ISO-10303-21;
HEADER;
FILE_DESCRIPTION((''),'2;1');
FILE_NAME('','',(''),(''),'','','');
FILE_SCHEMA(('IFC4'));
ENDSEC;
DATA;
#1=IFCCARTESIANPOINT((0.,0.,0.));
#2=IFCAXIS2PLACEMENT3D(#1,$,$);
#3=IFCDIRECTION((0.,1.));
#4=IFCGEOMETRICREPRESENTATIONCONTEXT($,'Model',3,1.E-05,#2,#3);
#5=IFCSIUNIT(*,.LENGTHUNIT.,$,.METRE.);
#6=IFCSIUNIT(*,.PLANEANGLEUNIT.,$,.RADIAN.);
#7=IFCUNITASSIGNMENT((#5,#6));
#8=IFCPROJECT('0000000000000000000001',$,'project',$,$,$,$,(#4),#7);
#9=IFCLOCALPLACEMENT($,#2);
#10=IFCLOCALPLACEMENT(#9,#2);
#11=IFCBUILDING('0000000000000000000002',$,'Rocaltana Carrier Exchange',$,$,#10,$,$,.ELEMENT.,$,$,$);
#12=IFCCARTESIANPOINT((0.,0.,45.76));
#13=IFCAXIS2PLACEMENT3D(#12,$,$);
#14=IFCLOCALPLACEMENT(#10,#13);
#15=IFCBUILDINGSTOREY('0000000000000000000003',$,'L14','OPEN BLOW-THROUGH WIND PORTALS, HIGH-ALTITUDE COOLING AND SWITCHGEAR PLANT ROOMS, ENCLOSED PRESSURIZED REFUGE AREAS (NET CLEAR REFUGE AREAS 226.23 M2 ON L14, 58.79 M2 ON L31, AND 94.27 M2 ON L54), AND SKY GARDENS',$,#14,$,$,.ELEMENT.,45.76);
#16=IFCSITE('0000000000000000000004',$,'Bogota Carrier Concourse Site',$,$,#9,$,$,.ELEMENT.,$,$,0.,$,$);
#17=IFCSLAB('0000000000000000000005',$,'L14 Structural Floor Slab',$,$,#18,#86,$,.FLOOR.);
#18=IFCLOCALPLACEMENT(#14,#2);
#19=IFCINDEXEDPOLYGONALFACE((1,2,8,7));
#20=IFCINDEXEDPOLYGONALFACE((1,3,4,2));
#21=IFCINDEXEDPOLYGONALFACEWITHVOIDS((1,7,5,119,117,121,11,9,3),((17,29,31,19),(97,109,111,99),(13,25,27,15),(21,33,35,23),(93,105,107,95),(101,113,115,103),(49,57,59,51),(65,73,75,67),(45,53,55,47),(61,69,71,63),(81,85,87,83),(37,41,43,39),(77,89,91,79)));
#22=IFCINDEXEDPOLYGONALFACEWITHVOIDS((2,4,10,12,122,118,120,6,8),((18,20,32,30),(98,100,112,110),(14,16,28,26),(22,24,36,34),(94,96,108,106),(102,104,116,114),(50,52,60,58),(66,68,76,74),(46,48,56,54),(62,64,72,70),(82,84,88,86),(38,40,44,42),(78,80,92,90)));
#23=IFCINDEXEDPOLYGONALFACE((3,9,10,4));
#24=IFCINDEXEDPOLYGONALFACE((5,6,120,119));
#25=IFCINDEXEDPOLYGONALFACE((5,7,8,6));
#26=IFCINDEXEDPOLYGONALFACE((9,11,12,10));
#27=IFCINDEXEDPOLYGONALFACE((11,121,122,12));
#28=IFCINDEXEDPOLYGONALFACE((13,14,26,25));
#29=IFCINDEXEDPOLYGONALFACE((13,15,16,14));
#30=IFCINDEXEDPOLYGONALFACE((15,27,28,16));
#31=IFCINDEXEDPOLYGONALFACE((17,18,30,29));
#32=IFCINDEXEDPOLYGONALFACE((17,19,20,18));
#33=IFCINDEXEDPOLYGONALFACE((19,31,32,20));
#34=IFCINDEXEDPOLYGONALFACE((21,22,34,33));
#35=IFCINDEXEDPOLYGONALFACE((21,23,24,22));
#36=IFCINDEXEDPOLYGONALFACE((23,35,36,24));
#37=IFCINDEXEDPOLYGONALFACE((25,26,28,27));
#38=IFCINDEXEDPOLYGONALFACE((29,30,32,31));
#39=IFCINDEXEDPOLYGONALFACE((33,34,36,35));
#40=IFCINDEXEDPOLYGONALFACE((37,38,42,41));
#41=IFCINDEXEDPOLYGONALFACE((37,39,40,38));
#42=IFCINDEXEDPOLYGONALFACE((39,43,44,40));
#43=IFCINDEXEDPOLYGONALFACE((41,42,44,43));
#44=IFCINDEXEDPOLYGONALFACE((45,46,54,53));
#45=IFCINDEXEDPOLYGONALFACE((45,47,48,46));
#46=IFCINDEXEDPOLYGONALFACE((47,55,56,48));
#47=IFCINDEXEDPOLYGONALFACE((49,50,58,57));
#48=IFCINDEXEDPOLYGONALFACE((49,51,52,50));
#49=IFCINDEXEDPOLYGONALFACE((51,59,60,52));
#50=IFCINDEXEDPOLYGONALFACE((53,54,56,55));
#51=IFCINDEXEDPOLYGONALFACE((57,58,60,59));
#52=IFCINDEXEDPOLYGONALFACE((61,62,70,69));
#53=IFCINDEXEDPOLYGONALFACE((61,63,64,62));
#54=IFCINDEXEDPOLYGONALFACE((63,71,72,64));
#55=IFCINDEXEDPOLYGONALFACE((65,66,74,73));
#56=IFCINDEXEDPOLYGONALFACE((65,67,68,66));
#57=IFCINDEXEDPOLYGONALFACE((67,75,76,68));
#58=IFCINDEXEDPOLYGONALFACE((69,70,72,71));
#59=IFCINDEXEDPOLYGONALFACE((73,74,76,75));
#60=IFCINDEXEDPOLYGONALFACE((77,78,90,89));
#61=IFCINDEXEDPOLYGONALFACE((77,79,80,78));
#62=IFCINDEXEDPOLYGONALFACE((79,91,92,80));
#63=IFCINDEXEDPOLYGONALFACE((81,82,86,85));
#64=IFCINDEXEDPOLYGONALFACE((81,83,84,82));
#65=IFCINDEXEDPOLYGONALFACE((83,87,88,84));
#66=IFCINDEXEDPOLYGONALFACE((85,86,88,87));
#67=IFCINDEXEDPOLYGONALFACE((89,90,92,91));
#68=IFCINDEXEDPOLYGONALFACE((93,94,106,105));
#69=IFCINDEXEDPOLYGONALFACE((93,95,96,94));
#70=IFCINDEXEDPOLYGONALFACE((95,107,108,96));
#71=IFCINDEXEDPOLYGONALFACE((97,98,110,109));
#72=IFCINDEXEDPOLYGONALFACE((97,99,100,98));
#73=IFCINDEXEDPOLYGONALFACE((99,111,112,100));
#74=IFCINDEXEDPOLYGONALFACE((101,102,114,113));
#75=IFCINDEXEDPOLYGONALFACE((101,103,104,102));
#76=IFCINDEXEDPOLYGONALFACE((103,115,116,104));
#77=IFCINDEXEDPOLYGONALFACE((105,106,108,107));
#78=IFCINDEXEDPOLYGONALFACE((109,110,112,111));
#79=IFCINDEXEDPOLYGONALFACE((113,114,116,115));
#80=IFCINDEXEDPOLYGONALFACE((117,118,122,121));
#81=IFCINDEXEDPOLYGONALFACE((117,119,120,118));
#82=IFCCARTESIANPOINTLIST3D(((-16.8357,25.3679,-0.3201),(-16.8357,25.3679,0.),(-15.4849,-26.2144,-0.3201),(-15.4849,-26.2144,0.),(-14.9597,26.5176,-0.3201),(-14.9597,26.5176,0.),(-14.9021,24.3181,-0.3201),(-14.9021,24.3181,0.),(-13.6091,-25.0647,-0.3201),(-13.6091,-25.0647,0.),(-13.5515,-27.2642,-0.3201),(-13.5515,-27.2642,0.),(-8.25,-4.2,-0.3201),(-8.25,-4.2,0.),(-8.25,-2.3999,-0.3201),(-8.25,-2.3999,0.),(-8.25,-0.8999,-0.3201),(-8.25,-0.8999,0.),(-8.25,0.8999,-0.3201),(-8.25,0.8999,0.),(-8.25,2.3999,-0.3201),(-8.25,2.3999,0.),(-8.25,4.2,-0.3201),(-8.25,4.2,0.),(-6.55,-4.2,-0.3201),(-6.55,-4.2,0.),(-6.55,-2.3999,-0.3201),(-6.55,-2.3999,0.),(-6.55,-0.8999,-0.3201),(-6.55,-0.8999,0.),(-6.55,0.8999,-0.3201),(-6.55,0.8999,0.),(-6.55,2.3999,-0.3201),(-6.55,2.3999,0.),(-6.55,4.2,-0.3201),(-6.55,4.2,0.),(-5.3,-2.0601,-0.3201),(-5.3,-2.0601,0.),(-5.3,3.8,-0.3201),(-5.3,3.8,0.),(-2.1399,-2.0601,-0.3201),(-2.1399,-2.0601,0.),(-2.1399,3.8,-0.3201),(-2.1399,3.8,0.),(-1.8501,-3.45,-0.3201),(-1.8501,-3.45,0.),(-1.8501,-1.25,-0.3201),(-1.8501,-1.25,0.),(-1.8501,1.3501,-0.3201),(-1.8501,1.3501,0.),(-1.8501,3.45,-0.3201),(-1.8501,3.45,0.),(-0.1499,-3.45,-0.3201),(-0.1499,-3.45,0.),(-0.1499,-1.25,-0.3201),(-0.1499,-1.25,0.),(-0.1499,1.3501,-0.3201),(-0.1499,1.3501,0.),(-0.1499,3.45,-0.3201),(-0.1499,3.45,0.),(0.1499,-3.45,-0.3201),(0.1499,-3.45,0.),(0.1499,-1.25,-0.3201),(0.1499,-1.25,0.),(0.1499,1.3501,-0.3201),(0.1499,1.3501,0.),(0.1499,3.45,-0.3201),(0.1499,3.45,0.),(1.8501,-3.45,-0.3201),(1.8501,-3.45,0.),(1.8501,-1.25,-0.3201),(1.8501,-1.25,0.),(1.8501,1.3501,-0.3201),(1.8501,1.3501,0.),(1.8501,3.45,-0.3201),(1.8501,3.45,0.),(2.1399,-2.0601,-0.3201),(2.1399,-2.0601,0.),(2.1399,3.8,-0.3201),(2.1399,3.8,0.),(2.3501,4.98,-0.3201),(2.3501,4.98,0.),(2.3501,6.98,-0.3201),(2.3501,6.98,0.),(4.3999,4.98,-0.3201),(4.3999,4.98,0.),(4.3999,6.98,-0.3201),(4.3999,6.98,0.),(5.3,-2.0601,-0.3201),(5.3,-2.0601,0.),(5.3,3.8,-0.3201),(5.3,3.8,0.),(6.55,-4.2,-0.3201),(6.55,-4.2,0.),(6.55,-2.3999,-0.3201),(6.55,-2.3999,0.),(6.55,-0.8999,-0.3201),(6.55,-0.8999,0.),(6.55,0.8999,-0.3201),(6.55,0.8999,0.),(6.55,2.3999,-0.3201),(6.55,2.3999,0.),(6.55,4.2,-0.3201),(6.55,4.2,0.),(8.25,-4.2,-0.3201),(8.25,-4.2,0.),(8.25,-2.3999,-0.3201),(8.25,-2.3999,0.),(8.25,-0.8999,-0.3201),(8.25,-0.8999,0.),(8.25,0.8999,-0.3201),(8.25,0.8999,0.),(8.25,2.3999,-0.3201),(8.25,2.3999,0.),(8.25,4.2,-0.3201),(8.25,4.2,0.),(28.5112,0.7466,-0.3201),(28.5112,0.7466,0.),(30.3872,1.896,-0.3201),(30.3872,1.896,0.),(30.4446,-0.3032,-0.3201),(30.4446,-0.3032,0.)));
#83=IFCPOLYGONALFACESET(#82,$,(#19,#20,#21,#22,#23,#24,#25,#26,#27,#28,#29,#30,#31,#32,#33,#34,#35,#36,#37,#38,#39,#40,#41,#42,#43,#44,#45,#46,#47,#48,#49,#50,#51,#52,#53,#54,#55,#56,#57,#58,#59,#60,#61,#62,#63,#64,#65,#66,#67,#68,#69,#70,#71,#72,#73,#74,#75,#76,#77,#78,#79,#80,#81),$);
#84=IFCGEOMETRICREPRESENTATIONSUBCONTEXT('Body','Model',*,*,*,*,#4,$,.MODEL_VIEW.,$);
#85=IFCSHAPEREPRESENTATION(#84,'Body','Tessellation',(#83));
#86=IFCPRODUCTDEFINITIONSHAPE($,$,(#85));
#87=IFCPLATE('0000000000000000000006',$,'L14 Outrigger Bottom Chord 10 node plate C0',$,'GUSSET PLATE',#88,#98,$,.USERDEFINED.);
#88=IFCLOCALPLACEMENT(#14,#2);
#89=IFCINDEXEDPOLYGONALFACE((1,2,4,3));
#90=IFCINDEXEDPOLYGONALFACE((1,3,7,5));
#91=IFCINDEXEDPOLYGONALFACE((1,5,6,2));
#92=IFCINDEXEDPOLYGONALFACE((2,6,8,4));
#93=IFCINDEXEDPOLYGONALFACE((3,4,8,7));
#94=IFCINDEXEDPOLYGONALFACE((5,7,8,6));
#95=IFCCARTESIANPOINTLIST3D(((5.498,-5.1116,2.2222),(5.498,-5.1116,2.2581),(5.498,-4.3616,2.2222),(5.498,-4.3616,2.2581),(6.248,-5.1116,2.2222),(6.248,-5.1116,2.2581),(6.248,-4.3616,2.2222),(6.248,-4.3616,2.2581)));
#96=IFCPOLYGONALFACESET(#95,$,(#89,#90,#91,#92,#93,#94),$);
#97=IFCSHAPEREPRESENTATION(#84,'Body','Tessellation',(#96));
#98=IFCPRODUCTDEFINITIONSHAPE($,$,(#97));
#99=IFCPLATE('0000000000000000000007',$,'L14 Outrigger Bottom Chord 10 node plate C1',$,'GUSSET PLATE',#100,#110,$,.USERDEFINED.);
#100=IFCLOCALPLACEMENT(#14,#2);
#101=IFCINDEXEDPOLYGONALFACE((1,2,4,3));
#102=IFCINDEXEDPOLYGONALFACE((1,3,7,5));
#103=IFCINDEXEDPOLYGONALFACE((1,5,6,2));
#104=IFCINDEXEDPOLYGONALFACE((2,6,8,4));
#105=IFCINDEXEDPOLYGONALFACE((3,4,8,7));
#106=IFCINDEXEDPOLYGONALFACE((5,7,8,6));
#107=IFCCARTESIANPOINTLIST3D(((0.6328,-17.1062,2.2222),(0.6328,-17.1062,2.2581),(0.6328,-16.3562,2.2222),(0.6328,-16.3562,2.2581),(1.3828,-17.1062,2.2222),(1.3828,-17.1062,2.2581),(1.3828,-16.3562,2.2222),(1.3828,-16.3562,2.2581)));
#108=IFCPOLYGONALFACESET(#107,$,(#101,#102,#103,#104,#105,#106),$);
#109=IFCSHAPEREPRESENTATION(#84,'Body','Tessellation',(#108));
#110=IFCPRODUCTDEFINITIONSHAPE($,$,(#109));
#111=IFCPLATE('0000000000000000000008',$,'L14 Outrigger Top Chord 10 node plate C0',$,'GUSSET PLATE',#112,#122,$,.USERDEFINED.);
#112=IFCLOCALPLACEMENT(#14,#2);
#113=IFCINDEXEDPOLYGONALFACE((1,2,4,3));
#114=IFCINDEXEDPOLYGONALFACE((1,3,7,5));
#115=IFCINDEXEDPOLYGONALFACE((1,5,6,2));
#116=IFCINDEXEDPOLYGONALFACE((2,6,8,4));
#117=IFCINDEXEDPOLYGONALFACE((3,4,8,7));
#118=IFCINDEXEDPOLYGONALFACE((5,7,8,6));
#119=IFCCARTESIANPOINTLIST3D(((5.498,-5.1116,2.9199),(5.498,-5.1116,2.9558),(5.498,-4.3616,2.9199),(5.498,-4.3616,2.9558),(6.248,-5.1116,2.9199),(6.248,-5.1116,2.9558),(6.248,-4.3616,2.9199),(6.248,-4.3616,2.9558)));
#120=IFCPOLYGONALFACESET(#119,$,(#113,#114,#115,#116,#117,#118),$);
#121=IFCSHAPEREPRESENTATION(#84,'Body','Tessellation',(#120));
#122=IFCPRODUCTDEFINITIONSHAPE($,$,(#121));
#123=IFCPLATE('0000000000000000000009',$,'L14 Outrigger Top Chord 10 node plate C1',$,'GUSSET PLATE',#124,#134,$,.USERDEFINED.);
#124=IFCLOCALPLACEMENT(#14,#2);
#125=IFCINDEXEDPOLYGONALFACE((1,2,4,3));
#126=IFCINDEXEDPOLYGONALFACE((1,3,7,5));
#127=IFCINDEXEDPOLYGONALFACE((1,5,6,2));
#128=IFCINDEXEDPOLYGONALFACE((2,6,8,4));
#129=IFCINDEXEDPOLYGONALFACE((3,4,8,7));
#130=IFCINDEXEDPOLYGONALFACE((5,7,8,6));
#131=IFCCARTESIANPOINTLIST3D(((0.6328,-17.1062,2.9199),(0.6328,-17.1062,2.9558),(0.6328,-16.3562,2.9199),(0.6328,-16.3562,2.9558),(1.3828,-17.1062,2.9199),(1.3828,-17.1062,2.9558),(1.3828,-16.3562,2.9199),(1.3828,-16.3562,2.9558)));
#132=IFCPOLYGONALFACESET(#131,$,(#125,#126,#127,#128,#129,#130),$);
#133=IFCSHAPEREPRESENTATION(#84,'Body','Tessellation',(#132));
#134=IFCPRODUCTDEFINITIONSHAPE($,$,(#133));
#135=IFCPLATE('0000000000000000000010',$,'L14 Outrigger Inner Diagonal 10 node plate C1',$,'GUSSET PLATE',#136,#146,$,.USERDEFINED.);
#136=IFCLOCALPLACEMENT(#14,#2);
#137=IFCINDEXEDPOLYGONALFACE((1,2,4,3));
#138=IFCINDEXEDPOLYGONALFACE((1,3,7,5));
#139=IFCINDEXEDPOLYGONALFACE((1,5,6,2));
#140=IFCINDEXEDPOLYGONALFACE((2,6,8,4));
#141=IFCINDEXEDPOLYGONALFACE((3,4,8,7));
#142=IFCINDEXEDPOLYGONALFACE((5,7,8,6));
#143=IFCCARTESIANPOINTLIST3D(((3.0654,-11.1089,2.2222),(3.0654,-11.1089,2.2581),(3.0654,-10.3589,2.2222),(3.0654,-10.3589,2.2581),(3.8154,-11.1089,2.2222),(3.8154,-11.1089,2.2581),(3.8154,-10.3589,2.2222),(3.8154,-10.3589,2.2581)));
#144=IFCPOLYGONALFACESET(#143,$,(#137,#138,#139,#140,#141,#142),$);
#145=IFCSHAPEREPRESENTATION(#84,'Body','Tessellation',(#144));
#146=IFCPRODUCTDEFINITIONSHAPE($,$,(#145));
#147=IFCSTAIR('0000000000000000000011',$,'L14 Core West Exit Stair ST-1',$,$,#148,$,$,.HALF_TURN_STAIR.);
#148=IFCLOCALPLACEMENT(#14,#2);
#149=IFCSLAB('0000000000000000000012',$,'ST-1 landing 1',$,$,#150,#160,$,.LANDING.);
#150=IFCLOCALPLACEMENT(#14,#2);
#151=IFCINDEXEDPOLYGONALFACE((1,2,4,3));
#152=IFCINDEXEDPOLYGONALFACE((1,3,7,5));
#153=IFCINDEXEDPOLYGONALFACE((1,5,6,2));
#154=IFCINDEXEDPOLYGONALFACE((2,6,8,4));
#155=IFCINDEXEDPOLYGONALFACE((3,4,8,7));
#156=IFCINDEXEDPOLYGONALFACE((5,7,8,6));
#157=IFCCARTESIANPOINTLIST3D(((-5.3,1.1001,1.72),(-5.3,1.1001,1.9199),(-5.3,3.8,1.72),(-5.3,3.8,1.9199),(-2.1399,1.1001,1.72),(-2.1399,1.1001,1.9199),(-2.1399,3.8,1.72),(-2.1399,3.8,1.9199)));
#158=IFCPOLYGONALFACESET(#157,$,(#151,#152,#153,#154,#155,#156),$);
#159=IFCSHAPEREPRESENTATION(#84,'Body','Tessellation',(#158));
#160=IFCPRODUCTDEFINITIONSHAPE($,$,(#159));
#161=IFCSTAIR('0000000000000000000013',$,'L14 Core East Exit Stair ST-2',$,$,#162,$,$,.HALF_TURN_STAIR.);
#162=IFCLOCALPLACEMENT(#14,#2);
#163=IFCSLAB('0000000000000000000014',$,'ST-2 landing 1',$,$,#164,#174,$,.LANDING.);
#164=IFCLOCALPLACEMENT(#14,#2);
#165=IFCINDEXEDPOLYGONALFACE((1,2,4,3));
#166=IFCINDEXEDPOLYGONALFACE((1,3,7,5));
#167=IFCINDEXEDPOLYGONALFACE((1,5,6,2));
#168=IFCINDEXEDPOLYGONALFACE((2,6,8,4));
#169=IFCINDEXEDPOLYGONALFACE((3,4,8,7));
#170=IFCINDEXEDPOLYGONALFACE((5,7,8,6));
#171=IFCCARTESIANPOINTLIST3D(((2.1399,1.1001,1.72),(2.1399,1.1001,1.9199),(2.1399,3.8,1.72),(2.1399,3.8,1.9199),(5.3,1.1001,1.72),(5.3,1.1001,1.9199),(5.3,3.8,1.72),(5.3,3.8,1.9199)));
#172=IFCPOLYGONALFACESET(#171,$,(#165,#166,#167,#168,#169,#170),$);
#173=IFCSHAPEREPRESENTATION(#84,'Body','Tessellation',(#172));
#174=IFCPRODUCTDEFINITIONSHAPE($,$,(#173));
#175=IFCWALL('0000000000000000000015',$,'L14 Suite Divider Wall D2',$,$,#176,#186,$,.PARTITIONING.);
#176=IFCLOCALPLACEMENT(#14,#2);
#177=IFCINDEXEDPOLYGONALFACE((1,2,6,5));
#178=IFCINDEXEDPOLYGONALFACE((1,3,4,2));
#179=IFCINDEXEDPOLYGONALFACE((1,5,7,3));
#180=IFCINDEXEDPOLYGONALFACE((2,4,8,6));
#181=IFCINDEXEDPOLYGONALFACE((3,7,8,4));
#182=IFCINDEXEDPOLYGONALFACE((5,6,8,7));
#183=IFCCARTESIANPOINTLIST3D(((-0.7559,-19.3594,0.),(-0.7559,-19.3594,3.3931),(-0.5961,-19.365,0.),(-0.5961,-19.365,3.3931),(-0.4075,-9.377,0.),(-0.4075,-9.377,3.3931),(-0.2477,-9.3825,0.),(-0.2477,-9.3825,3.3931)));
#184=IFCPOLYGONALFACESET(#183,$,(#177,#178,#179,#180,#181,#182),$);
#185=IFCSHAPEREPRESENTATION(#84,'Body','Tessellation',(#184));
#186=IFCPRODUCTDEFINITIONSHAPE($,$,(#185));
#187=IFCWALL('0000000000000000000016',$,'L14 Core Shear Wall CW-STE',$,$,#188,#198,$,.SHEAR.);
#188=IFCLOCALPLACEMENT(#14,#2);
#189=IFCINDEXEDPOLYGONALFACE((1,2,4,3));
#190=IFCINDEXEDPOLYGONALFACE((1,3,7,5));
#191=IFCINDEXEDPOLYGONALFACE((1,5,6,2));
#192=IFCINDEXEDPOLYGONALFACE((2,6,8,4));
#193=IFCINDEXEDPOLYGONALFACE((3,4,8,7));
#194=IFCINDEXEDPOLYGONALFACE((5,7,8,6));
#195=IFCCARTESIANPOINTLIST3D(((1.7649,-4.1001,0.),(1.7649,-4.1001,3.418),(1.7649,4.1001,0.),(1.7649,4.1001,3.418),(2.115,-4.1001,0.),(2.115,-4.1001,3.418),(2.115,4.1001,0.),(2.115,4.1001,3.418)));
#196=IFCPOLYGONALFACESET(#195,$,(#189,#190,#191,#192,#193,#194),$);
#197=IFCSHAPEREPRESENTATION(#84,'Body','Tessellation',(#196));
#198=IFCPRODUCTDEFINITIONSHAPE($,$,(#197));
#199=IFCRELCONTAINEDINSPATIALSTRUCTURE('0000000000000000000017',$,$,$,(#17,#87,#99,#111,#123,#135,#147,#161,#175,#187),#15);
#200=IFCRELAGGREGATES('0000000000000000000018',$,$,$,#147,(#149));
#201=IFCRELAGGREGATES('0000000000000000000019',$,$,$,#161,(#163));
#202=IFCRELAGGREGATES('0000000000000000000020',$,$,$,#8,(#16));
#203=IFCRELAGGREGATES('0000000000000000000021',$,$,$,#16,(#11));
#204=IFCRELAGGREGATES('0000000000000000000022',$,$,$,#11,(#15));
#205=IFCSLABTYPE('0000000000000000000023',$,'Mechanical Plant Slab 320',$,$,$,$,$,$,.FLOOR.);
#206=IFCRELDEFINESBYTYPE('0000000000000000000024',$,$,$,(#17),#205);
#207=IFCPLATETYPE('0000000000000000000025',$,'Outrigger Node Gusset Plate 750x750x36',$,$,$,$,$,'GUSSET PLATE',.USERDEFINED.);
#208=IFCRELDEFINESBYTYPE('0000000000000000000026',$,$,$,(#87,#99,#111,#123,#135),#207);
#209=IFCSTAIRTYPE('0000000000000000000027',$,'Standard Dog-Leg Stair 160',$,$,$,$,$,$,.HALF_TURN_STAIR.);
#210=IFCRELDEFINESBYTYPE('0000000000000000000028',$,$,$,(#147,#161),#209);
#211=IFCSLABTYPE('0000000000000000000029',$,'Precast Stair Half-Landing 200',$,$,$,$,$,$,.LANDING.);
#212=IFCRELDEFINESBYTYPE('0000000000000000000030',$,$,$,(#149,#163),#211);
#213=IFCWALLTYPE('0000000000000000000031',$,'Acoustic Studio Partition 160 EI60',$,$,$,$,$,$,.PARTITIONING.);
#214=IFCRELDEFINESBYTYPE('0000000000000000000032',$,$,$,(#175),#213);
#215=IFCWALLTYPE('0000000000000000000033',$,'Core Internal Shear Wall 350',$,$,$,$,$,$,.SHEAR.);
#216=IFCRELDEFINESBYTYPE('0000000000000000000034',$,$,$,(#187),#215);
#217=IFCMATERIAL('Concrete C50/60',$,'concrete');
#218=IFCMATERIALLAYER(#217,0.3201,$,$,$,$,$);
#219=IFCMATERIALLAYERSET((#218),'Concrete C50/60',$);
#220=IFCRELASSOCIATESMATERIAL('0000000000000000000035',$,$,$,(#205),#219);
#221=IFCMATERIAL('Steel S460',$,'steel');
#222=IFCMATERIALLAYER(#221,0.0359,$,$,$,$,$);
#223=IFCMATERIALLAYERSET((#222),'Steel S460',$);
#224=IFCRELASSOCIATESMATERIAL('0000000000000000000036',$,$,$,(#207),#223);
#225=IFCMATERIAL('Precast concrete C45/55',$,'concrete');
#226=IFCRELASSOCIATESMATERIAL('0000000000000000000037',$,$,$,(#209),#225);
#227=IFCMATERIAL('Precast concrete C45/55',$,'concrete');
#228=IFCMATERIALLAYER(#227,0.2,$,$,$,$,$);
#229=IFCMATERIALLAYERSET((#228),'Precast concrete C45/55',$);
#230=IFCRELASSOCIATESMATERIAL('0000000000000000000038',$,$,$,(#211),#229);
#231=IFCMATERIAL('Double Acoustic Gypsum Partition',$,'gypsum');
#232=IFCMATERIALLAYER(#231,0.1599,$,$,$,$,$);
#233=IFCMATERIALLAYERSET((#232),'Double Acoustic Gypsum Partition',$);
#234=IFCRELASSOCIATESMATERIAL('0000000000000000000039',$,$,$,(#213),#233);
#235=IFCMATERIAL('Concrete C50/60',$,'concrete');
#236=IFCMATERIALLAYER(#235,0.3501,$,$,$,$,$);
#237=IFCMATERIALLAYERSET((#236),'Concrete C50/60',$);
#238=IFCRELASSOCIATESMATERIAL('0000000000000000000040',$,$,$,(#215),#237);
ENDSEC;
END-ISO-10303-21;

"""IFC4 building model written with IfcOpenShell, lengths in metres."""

from ifc_helpers import new_model, si_unit, direction, frame, frame_2d, origin, origin_2d, place, context, subcontext, project, spatial, polyline, rectangle, outline, extrude, material, layer, layer_set, type_object, element, aggregate, save


model = new_model("IFC4")

# Units and contexts
model_context = context("Model", 3, precision=1e-05, world=origin(), true_north=direction((0.0, 1.0)))
body_context = subcontext(model_context, "Body", "Model", "MODEL_VIEW")
ifc_project = project(units=[si_unit("LENGTHUNIT", "METRE"), si_unit("PLANEANGLEUNIT", "RADIAN")], contexts=[model_context])

# Site, building, storey
site_placement = place(None, origin())
site = spatial("IfcSite", under=ifc_project, at=site_placement, Name="Bogota Carrier Concourse Site", CompositionType="ELEMENT", RefElevation=0.0)
building_placement = place(site_placement, origin())
building = spatial("IfcBuilding", under=site, at=building_placement, Name="Rocaltana Carrier Exchange", CompositionType="ELEMENT")
storey_placement = place(building_placement, frame((0.0, 0.0, 45.76)))
storey = spatial("IfcBuildingStorey", under=building, at=storey_placement, Name="L14", Description="OPEN BLOW-THROUGH WIND PORTALS, HIGH-ALTITUDE COOLING AND SWITCHGEAR PLANT ROOMS, ENCLOSED PRESSURIZED REFUGE AREAS (NET CLEAR REFUGE AREAS 226.23 M2 ON L14, 58.79 M2 ON L31, AND 94.27 M2 ON L54), AND SKY GARDENS", CompositionType="ELEMENT", Elevation=45.76)

# Slab
ifc_material_1 = material(Name="Concrete C50/60", Category="concrete")
ifc_layer_1 = layer(ifc_material_1, 0.3201)
ifc_layer_set_1 = layer_set([ifc_layer_1], Name="Concrete C50/60")
slab_type_1 = type_object("IfcSlabType", Name="Mechanical Plant Slab 320", PredefinedType="FLOOR", material=ifc_layer_set_1)
slab_1_placement = place(storey_placement, frame((0.0, 0.0, -0.3201)))
element("IfcSlab", 1, at=slab_1_placement, inside=storey, type_object=slab_type_1, Name="L14 Structural Floor Slab", PredefinedType="FLOOR", context=body_context, shape_type="SweptSolid", body=[
    extrude(outline(polyline([(30.4446, -0.3032), (28.5112, 0.7466), (30.3872, 1.896), (-14.9597, 26.5176), (-14.9021, 24.3181), (-16.8357, 25.3679), (-15.4849, -26.2144), (-13.6091, -25.0647), (-13.5515, -27.2642), (30.4446, -0.3032)]), holes=[polyline([(-5.3, -2.0601), (-2.1399, -2.0601), (-2.1399, 3.8), (-5.3, 3.8), (-5.3, -2.0601)]), polyline([(2.1399, -2.0601), (5.3, -2.0601), (5.3, 3.8), (2.1399, 3.8), (2.1399, -2.0601)]), polyline([(-1.8501, -3.45), (-0.1499, -3.45), (-0.1499, -1.25), (-1.8501, -1.25), (-1.8501, -3.45)]), polyline([(0.1499, -3.45), (1.8501, -3.45), (1.8501, -1.25), (0.1499, -1.25), (0.1499, -3.45)]), polyline([(2.3501, 4.98), (4.3999, 4.98), (4.3999, 6.98), (2.3501, 6.98), (2.3501, 4.98)]), polyline([(-1.8501, 1.3501), (-0.1499, 1.3501), (-0.1499, 3.45), (-1.8501, 3.45), (-1.8501, 1.3501)]), polyline([(0.1499, 1.3501), (1.8501, 1.3501), (1.8501, 3.45), (0.1499, 3.45), (0.1499, 1.3501)]), polyline([(-8.25, -4.2), (-6.55, -4.2), (-6.55, -2.3999), (-8.25, -2.3999), (-8.25, -4.2)]), polyline([(-8.25, -0.8999), (-6.55, -0.8999), (-6.55, 0.8999), (-8.25, 0.8999), (-8.25, -0.8999)]), polyline([(-8.25, 2.3999), (-6.55, 2.3999), (-6.55, 4.2), (-8.25, 4.2), (-8.25, 2.3999)]), polyline([(6.55, -4.2), (8.25, -4.2), (8.25, -2.3999), (6.55, -2.3999), (6.55, -4.2)]), polyline([(6.55, -0.8999), (8.25, -0.8999), (8.25, 0.8999), (6.55, 0.8999), (6.55, -0.8999)]), polyline([(6.55, 2.3999), (8.25, 2.3999), (8.25, 4.2), (6.55, 4.2), (6.55, 2.3999)])]), origin(), (0.0, 0.0, 1.0), 0.3201),
])

# Plates
ifc_material_2 = material(Name="Steel S460", Category="steel")
ifc_layer_2 = layer(ifc_material_2, 0.0359)
ifc_layer_set_2 = layer_set([ifc_layer_2], Name="Steel S460")
plate_type_1 = type_object("IfcPlateType", Name="Outrigger Node Gusset Plate 750x750x36", ElementType="GUSSET PLATE", PredefinedType="USERDEFINED", material=ifc_layer_set_2)
for number, where, z_axis, x_axis, name in (
    (2, (5.873, -4.7366, 2.2222), (0.0, 0.0, 1.0), (1.0, 0.0, 0.0), "L14 Outrigger Bottom Chord 10 node plate C0"),
    (3, (1.0078, -16.7312, 2.2222), (0.0, 0.0, 1.0), (1.0, 0.0, 0.0), "L14 Outrigger Bottom Chord 10 node plate C1"),
    (4, (5.873, -4.7366, 2.9199), (0.0, 0.0, 1.0), (1.0, 0.0, 0.0), "L14 Outrigger Top Chord 10 node plate C0"),
    (5, (1.0078, -16.7312, 2.9199), (0.0, 0.0, 1.0), (1.0, 0.0, 0.0), "L14 Outrigger Top Chord 10 node plate C1"),
    (6, (3.4404, -10.7339, 2.2222), (0.0, 0.0, 1.0), (1.0, 0.0, 0.0), "L14 Outrigger Inner Diagonal 10 node plate C1"),
):
    element("IfcPlate", number, at=place(storey_placement, frame(where, z_axis=z_axis, x_axis=x_axis)), inside=storey, type_object=plate_type_1, Name=name, ObjectType="GUSSET PLATE", PredefinedType="USERDEFINED", context=body_context, shape_type="SweptSolid", body=[
        extrude(rectangle(XDim=0.75, YDim=0.75, at=origin_2d()), origin(), (0.0, 0.0, 1.0), 0.0359),
    ])

# Stairs, slabs
ifc_material_3 = material(Name="Precast concrete C45/55", Category="concrete")
stair_type = type_object("IfcStairType", Name="Standard Dog-Leg Stair 160", PredefinedType="HALF_TURN_STAIR", material=ifc_material_3)
stair_1_placement = place(storey_placement, origin())
stair_1 = element("IfcStair", 7, at=stair_1_placement, inside=storey, type_object=stair_type, Name="L14 Core West Exit Stair ST-1", PredefinedType="HALF_TURN_STAIR")
ifc_material_4 = material(Name="Precast concrete C45/55", Category="concrete")
ifc_layer_3 = layer(ifc_material_4, 0.2)
ifc_layer_set_3 = layer_set([ifc_layer_3], Name="Precast concrete C45/55")
slab_type_2 = type_object("IfcSlabType", Name="Precast Stair Half-Landing 200", PredefinedType="LANDING", material=ifc_layer_set_3)
slab_2_placement = place(storey_placement, frame((0.0, 0.0, 1.72)))
slab_2 = element("IfcSlab", 8, at=slab_2_placement, type_object=slab_type_2, Name="ST-1 landing 1", PredefinedType="LANDING", context=body_context, shape_type="SweptSolid", body=[
    extrude(outline(polyline([(-2.1399, 1.1001), (-2.1399, 3.8), (-5.3, 3.8), (-5.3, 1.1001), (-2.1399, 1.1001)])), origin(), (0.0, 0.0, 1.0), 0.2),
])
aggregate(stair_1, [slab_2])
stair_2_placement = place(storey_placement, origin())
stair_2 = element("IfcStair", 9, at=stair_2_placement, inside=storey, type_object=stair_type, Name="L14 Core East Exit Stair ST-2", PredefinedType="HALF_TURN_STAIR")
slab_3_placement = place(storey_placement, frame((0.0, 0.0, 1.72)))
slab_3 = element("IfcSlab", 10, at=slab_3_placement, type_object=slab_type_2, Name="ST-2 landing 1", PredefinedType="LANDING", context=body_context, shape_type="SweptSolid", body=[
    extrude(outline(polyline([(5.3, 1.1001), (5.3, 3.8), (2.1399, 3.8), (2.1399, 1.1001), (5.3, 1.1001)])), origin(), (0.0, 0.0, 1.0), 0.2),
])

# Walls
ifc_material_5 = material(Name="Double Acoustic Gypsum Partition", Category="gypsum")
ifc_layer_4 = layer(ifc_material_5, 0.1599)
ifc_layer_set_4 = layer_set([ifc_layer_4], Name="Double Acoustic Gypsum Partition")
wall_type_1 = type_object("IfcWallType", Name="Acoustic Studio Partition 160 EI60", PredefinedType="PARTITIONING", material=ifc_layer_set_4)
wall_1_placement = place(storey_placement, frame((-0.3276, -9.3799, 0.0), z_axis=(0.0, 0.0, 1.0), x_axis=(-0.034879, -0.999392, 0.0)))
element("IfcWall", 11, at=wall_1_placement, inside=storey, type_object=wall_type_1, Name="L14 Suite Divider Wall D2", PredefinedType="PARTITIONING", context=body_context, shape_type="SweptSolid", body=[
    extrude(rectangle(XDim=9.9885, YDim=0.1599, at=frame_2d((4.9941, 0.0))), origin(), (0.0, 0.0, 1.0), 3.3931),
])
ifc_material_6 = material(Name="Concrete C50/60", Category="concrete")
ifc_layer_5 = layer(ifc_material_6, 0.3501)
ifc_layer_set_5 = layer_set([ifc_layer_5], Name="Concrete C50/60")
wall_type_2 = type_object("IfcWallType", Name="Core Internal Shear Wall 350", PredefinedType="SHEAR", material=ifc_layer_set_5)
wall_2_placement = place(storey_placement, frame((1.9399, -4.1001, 0.0), z_axis=(0.0, 0.0, 1.0), x_axis=(0.0, 1.0, 0.0)))
element("IfcWall", 12, at=wall_2_placement, inside=storey, type_object=wall_type_2, Name="L14 Core Shear Wall CW-STE", PredefinedType="SHEAR", context=body_context, shape_type="SweptSolid", body=[
    extrude(rectangle(XDim=8.2002, YDim=0.3501, at=frame_2d((4.1001, 0.0))), origin(), (0.0, 0.0, 1.0), 3.418),
])

aggregate(stair_2, [slab_3])

save(model, "model.ifc")
